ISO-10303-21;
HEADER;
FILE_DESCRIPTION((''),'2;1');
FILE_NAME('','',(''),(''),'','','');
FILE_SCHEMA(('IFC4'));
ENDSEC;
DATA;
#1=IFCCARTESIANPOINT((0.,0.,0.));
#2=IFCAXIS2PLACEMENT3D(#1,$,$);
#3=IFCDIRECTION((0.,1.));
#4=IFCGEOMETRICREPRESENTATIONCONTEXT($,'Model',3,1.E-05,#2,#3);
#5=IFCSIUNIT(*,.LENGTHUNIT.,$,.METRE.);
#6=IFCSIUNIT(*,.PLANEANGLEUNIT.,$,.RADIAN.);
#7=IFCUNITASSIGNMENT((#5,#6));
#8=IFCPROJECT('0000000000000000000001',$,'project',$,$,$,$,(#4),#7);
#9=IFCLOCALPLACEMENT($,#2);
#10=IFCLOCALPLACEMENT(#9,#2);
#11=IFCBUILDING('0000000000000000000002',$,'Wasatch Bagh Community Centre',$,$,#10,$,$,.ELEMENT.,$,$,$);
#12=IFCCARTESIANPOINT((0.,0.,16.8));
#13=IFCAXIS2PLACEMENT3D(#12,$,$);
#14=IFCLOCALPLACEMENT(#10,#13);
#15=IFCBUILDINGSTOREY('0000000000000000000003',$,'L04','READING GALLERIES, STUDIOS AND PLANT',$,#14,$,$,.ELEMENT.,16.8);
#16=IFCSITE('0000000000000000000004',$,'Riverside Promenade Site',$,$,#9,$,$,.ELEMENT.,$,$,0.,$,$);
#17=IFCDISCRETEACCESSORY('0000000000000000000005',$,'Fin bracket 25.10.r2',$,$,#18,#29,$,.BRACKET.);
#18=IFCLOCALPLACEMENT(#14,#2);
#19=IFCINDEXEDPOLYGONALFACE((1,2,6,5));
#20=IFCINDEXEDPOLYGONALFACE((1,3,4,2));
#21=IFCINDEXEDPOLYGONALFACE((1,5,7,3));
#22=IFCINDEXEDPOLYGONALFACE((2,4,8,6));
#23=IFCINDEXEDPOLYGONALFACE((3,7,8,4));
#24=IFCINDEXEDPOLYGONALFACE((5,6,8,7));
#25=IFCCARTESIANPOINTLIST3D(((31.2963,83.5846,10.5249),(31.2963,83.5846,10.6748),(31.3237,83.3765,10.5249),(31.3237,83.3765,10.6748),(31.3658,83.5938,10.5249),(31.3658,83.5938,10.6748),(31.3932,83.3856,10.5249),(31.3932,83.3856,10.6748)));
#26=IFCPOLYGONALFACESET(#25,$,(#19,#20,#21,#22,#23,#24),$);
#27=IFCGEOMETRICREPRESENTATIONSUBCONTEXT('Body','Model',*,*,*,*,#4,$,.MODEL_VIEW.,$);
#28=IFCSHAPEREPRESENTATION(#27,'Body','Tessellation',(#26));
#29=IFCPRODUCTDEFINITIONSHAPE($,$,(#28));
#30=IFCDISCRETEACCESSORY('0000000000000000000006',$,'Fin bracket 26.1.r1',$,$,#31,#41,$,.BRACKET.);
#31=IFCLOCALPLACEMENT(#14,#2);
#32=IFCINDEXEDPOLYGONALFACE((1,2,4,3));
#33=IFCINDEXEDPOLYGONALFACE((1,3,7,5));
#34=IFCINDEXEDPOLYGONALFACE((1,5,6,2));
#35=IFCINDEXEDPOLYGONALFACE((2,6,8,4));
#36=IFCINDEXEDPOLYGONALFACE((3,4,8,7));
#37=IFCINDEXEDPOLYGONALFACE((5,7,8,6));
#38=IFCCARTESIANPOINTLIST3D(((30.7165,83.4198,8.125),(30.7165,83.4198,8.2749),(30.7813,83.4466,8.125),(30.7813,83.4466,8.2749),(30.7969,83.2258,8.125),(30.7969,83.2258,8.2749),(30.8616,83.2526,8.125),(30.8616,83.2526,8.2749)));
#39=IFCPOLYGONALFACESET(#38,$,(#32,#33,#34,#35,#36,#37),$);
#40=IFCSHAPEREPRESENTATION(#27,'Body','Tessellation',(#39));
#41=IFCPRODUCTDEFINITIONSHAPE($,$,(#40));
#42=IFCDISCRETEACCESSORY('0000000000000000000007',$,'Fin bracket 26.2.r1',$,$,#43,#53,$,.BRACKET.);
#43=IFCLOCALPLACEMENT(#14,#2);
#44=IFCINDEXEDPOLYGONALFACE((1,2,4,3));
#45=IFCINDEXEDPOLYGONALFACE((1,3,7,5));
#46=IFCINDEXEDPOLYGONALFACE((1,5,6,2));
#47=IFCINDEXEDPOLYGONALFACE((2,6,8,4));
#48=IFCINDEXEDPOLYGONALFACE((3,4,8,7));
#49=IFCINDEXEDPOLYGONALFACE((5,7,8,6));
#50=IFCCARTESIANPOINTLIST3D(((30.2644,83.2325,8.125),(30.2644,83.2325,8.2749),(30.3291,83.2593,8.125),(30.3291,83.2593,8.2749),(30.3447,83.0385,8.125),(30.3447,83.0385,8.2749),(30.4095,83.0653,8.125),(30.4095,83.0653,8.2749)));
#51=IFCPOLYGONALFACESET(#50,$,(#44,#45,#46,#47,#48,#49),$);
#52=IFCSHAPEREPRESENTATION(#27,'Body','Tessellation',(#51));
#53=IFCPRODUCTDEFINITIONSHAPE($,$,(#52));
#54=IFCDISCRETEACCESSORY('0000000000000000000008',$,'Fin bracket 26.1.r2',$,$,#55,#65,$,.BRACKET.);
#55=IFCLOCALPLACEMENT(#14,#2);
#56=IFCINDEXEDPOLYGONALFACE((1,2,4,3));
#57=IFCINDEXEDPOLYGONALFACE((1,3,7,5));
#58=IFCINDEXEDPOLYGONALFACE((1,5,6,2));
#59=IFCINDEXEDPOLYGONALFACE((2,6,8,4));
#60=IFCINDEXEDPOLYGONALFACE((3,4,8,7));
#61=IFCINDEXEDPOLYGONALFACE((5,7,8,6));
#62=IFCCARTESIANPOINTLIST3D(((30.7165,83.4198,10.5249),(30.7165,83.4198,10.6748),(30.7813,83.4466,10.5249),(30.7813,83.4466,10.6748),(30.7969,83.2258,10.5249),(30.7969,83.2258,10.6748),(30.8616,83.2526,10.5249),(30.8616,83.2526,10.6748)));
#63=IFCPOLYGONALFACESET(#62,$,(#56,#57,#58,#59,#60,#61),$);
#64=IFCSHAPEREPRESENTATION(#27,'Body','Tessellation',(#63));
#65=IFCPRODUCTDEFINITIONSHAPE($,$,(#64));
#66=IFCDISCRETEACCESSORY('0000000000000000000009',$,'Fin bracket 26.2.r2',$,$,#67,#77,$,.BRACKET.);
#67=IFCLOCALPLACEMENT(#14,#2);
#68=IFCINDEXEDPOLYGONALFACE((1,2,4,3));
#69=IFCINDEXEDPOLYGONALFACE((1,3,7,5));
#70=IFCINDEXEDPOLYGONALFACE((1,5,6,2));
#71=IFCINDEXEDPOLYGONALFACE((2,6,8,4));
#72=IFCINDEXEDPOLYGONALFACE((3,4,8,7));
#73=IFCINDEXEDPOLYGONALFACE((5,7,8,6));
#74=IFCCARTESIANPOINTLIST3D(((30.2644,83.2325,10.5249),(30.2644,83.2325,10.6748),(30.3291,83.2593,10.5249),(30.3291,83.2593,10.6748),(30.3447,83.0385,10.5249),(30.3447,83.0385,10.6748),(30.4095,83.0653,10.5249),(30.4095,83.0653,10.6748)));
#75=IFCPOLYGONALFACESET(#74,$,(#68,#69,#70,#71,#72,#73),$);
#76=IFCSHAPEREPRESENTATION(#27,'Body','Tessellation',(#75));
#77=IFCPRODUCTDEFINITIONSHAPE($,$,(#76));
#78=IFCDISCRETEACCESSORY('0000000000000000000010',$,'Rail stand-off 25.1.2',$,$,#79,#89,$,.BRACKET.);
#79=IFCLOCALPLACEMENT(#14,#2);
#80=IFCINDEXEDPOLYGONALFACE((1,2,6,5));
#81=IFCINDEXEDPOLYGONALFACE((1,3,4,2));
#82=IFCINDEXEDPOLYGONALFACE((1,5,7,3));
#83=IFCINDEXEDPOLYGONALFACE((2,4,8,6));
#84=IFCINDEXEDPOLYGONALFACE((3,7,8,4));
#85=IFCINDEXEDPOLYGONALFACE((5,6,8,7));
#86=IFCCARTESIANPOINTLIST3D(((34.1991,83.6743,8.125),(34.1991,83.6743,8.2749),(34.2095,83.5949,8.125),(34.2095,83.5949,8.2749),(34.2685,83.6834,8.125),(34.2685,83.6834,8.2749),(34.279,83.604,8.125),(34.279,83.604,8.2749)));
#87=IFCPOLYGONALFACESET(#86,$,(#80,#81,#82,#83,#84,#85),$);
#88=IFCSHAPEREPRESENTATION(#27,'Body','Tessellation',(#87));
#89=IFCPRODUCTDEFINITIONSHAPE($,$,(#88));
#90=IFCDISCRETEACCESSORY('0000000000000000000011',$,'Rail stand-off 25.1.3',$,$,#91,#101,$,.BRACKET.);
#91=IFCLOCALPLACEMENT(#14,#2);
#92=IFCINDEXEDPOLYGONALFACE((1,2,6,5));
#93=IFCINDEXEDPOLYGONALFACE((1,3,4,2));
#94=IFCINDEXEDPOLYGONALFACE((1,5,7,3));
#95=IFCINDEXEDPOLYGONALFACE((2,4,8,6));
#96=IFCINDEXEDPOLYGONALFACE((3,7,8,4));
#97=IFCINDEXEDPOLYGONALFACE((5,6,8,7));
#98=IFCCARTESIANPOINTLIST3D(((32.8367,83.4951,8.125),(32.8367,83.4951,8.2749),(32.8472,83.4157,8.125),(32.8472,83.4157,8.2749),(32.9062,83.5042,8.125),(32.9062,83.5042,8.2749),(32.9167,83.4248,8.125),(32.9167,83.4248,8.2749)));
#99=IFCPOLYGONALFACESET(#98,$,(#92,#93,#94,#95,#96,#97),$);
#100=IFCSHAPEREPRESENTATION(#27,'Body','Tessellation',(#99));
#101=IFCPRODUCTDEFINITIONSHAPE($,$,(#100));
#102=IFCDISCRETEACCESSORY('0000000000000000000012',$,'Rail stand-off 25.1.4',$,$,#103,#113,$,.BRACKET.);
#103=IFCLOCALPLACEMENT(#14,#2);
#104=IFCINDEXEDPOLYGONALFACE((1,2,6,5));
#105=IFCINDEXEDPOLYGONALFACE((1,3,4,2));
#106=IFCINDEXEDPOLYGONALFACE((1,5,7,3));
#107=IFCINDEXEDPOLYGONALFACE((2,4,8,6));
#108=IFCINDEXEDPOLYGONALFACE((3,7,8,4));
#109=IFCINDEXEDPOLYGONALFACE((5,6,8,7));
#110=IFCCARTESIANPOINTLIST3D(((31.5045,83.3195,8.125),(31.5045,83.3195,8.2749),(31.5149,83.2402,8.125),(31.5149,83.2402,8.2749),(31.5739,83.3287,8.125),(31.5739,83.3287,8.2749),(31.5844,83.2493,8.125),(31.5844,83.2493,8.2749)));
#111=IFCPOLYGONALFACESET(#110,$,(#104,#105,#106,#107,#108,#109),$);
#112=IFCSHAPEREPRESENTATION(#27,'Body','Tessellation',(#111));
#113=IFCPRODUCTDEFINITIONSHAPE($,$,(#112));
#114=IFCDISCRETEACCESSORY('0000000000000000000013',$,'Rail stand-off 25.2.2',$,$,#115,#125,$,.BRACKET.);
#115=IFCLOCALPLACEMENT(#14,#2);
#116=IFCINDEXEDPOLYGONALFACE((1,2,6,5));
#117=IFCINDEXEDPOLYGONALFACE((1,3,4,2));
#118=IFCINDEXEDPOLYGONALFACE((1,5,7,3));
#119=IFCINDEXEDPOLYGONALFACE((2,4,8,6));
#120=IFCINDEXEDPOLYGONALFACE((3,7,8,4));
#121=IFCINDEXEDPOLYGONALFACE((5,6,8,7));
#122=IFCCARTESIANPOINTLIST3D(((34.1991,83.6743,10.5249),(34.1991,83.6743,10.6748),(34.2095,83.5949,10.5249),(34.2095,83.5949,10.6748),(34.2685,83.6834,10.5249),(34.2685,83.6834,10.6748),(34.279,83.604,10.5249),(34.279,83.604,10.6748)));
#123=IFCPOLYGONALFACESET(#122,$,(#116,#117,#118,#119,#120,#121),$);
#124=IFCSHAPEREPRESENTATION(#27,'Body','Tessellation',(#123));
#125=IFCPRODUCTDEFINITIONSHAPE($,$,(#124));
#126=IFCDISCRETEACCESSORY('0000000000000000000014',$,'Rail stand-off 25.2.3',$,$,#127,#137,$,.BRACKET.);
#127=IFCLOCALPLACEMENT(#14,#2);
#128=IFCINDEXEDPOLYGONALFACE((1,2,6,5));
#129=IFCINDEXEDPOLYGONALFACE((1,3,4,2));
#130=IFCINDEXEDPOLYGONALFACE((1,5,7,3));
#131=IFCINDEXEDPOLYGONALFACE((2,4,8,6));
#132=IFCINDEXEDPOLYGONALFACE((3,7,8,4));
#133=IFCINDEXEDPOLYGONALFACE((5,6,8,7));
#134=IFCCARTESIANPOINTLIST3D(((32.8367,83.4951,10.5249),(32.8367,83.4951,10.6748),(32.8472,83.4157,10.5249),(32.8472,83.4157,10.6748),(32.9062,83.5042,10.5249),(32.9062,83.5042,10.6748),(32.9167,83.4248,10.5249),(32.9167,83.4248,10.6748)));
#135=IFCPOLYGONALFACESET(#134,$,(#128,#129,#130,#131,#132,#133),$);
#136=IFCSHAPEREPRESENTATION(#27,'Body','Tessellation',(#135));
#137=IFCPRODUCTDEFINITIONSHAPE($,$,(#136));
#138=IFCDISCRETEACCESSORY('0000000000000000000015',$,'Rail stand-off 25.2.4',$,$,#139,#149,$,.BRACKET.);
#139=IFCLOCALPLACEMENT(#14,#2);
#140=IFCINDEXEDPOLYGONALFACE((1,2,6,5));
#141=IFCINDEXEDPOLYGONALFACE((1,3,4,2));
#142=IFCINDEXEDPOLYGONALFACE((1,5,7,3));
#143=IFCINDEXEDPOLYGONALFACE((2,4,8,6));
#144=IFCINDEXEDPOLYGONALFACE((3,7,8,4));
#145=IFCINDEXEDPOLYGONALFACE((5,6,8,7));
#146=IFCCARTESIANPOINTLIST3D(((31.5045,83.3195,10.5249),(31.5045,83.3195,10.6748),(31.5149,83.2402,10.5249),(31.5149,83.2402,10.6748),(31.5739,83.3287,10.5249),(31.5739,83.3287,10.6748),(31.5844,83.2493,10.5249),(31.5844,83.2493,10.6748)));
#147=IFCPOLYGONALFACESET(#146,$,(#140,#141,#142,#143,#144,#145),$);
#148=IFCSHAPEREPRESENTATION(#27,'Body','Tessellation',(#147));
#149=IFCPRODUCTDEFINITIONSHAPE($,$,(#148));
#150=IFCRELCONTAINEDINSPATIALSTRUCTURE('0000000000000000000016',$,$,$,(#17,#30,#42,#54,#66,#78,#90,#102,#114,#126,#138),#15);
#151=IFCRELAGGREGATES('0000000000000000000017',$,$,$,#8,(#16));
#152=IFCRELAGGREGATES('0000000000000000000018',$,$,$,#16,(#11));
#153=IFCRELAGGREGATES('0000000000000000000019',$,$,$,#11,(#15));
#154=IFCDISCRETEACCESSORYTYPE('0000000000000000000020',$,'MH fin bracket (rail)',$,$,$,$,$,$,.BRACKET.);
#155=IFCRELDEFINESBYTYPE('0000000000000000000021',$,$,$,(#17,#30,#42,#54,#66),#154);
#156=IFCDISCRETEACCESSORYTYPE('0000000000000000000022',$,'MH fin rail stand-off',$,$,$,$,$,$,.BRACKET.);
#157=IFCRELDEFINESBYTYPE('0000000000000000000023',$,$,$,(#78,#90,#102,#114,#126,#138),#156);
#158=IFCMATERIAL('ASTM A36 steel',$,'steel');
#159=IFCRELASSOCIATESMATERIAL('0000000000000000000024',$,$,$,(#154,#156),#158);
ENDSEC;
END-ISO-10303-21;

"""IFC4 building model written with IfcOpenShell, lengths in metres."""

from ifc_helpers import new_model, si_unit, direction, frame, origin, origin_2d, place, context, subcontext, project, spatial, rectangle, extrude, material, type_object, element, save


model = new_model("IFC4")

# Units and contexts
model_context = context("Model", 3, precision=1e-05, world=origin(), true_north=direction((0.0, 1.0)))
body_context = subcontext(model_context, "Body", "Model", "MODEL_VIEW")
ifc_project = project(units=[si_unit("LENGTHUNIT", "METRE"), si_unit("PLANEANGLEUNIT", "RADIAN")], contexts=[model_context])

# Site, building, storey
site_placement = place(None, origin())
site = spatial("IfcSite", under=ifc_project, at=site_placement, Name="Riverside Promenade Site", CompositionType="ELEMENT", RefElevation=0.0)
building_placement = place(site_placement, origin())
building = spatial("IfcBuilding", under=site, at=building_placement, Name="Wasatch Bagh Community Centre", CompositionType="ELEMENT")
storey_placement = place(building_placement, frame((0.0, 0.0, 16.8)))
storey = spatial("IfcBuildingStorey", under=building, at=storey_placement, Name="L04", Description="READING GALLERIES, STUDIOS AND PLANT", CompositionType="ELEMENT", Elevation=16.8)

# Discrete accessories
ifc_material_1 = material(Name="ASTM A36 steel", Category="steel")
discrete_accessory_type_1 = type_object("IfcDiscreteAccessoryType", Name="MH fin bracket (rail)", PredefinedType="BRACKET", material=ifc_material_1)
for number, where, z_axis, x_axis, name in (
    (1, (31.3447, 83.4851, 10.5249), (0.0, 0.0, 1.0), (-0.991445, -0.130526, 0.0), "Fin bracket 25.10.r2"),
    (2, (30.7891, 83.3362, 8.125), (0.0, 0.0, 1.0), (-0.92388, -0.382683, 0.0), "Fin bracket 26.1.r1"),
    (3, (30.3369, 83.1489, 8.125), (0.0, 0.0, 1.0), (-0.92388, -0.382683, 0.0), "Fin bracket 26.2.r1"),
    (4, (30.7891, 83.3362, 10.5249), (0.0, 0.0, 1.0), (-0.92388, -0.382683, 0.0), "Fin bracket 26.1.r2"),
    (5, (30.3369, 83.1489, 10.5249), (0.0, 0.0, 1.0), (-0.92388, -0.382683, 0.0), "Fin bracket 26.2.r2"),
):
    element("IfcDiscreteAccessory", number, at=place(storey_placement, frame(where, z_axis=z_axis, x_axis=x_axis)), inside=storey, type_object=discrete_accessory_type_1, Name=name, PredefinedType="BRACKET", context=body_context, shape_type="SweptSolid", body=[
        extrude(rectangle(XDim=0.0701, YDim=0.21, at=origin_2d()), origin(), (0.0, 0.0, 1.0), 0.1499),
    ])
discrete_accessory_type_2 = type_object("IfcDiscreteAccessoryType", Name="MH fin rail stand-off", PredefinedType="BRACKET", material=ifc_material_1)
for number, where, z_axis, x_axis, name in (
    (6, (34.239, 83.6392, 8.125), (0.0, 0.0, 1.0), (-0.991445, -0.130526, 0.0), "Rail stand-off 25.1.2"),
    (7, (32.8767, 83.46, 8.125), (0.0, 0.0, 1.0), (-0.991445, -0.130526, 0.0), "Rail stand-off 25.1.3"),
    (8, (31.5444, 83.2844, 8.125), (0.0, 0.0, 1.0), (-0.991445, -0.130526, 0.0), "Rail stand-off 25.1.4"),
    (9, (34.239, 83.6392, 10.5249), (0.0, 0.0, 1.0), (-0.991445, -0.130526, 0.0), "Rail stand-off 25.2.2"),
    (10, (32.8767, 83.46, 10.5249), (0.0, 0.0, 1.0), (-0.991445, -0.130526, 0.0), "Rail stand-off 25.2.3"),
    (11, (31.5444, 83.2844, 10.5249), (0.0, 0.0, 1.0), (-0.991445, -0.130526, 0.0), "Rail stand-off 25.2.4"),
):
    element("IfcDiscreteAccessory", number, at=place(storey_placement, frame(where, z_axis=z_axis, x_axis=x_axis)), inside=storey, type_object=discrete_accessory_type_2, Name=name, PredefinedType="BRACKET", context=body_context, shape_type="SweptSolid", body=[
        extrude(rectangle(XDim=0.0701, YDim=0.0801, at=origin_2d()), origin(), (0.0, 0.0, 1.0), 0.1499),
    ])

save(model, "model.ifc")
